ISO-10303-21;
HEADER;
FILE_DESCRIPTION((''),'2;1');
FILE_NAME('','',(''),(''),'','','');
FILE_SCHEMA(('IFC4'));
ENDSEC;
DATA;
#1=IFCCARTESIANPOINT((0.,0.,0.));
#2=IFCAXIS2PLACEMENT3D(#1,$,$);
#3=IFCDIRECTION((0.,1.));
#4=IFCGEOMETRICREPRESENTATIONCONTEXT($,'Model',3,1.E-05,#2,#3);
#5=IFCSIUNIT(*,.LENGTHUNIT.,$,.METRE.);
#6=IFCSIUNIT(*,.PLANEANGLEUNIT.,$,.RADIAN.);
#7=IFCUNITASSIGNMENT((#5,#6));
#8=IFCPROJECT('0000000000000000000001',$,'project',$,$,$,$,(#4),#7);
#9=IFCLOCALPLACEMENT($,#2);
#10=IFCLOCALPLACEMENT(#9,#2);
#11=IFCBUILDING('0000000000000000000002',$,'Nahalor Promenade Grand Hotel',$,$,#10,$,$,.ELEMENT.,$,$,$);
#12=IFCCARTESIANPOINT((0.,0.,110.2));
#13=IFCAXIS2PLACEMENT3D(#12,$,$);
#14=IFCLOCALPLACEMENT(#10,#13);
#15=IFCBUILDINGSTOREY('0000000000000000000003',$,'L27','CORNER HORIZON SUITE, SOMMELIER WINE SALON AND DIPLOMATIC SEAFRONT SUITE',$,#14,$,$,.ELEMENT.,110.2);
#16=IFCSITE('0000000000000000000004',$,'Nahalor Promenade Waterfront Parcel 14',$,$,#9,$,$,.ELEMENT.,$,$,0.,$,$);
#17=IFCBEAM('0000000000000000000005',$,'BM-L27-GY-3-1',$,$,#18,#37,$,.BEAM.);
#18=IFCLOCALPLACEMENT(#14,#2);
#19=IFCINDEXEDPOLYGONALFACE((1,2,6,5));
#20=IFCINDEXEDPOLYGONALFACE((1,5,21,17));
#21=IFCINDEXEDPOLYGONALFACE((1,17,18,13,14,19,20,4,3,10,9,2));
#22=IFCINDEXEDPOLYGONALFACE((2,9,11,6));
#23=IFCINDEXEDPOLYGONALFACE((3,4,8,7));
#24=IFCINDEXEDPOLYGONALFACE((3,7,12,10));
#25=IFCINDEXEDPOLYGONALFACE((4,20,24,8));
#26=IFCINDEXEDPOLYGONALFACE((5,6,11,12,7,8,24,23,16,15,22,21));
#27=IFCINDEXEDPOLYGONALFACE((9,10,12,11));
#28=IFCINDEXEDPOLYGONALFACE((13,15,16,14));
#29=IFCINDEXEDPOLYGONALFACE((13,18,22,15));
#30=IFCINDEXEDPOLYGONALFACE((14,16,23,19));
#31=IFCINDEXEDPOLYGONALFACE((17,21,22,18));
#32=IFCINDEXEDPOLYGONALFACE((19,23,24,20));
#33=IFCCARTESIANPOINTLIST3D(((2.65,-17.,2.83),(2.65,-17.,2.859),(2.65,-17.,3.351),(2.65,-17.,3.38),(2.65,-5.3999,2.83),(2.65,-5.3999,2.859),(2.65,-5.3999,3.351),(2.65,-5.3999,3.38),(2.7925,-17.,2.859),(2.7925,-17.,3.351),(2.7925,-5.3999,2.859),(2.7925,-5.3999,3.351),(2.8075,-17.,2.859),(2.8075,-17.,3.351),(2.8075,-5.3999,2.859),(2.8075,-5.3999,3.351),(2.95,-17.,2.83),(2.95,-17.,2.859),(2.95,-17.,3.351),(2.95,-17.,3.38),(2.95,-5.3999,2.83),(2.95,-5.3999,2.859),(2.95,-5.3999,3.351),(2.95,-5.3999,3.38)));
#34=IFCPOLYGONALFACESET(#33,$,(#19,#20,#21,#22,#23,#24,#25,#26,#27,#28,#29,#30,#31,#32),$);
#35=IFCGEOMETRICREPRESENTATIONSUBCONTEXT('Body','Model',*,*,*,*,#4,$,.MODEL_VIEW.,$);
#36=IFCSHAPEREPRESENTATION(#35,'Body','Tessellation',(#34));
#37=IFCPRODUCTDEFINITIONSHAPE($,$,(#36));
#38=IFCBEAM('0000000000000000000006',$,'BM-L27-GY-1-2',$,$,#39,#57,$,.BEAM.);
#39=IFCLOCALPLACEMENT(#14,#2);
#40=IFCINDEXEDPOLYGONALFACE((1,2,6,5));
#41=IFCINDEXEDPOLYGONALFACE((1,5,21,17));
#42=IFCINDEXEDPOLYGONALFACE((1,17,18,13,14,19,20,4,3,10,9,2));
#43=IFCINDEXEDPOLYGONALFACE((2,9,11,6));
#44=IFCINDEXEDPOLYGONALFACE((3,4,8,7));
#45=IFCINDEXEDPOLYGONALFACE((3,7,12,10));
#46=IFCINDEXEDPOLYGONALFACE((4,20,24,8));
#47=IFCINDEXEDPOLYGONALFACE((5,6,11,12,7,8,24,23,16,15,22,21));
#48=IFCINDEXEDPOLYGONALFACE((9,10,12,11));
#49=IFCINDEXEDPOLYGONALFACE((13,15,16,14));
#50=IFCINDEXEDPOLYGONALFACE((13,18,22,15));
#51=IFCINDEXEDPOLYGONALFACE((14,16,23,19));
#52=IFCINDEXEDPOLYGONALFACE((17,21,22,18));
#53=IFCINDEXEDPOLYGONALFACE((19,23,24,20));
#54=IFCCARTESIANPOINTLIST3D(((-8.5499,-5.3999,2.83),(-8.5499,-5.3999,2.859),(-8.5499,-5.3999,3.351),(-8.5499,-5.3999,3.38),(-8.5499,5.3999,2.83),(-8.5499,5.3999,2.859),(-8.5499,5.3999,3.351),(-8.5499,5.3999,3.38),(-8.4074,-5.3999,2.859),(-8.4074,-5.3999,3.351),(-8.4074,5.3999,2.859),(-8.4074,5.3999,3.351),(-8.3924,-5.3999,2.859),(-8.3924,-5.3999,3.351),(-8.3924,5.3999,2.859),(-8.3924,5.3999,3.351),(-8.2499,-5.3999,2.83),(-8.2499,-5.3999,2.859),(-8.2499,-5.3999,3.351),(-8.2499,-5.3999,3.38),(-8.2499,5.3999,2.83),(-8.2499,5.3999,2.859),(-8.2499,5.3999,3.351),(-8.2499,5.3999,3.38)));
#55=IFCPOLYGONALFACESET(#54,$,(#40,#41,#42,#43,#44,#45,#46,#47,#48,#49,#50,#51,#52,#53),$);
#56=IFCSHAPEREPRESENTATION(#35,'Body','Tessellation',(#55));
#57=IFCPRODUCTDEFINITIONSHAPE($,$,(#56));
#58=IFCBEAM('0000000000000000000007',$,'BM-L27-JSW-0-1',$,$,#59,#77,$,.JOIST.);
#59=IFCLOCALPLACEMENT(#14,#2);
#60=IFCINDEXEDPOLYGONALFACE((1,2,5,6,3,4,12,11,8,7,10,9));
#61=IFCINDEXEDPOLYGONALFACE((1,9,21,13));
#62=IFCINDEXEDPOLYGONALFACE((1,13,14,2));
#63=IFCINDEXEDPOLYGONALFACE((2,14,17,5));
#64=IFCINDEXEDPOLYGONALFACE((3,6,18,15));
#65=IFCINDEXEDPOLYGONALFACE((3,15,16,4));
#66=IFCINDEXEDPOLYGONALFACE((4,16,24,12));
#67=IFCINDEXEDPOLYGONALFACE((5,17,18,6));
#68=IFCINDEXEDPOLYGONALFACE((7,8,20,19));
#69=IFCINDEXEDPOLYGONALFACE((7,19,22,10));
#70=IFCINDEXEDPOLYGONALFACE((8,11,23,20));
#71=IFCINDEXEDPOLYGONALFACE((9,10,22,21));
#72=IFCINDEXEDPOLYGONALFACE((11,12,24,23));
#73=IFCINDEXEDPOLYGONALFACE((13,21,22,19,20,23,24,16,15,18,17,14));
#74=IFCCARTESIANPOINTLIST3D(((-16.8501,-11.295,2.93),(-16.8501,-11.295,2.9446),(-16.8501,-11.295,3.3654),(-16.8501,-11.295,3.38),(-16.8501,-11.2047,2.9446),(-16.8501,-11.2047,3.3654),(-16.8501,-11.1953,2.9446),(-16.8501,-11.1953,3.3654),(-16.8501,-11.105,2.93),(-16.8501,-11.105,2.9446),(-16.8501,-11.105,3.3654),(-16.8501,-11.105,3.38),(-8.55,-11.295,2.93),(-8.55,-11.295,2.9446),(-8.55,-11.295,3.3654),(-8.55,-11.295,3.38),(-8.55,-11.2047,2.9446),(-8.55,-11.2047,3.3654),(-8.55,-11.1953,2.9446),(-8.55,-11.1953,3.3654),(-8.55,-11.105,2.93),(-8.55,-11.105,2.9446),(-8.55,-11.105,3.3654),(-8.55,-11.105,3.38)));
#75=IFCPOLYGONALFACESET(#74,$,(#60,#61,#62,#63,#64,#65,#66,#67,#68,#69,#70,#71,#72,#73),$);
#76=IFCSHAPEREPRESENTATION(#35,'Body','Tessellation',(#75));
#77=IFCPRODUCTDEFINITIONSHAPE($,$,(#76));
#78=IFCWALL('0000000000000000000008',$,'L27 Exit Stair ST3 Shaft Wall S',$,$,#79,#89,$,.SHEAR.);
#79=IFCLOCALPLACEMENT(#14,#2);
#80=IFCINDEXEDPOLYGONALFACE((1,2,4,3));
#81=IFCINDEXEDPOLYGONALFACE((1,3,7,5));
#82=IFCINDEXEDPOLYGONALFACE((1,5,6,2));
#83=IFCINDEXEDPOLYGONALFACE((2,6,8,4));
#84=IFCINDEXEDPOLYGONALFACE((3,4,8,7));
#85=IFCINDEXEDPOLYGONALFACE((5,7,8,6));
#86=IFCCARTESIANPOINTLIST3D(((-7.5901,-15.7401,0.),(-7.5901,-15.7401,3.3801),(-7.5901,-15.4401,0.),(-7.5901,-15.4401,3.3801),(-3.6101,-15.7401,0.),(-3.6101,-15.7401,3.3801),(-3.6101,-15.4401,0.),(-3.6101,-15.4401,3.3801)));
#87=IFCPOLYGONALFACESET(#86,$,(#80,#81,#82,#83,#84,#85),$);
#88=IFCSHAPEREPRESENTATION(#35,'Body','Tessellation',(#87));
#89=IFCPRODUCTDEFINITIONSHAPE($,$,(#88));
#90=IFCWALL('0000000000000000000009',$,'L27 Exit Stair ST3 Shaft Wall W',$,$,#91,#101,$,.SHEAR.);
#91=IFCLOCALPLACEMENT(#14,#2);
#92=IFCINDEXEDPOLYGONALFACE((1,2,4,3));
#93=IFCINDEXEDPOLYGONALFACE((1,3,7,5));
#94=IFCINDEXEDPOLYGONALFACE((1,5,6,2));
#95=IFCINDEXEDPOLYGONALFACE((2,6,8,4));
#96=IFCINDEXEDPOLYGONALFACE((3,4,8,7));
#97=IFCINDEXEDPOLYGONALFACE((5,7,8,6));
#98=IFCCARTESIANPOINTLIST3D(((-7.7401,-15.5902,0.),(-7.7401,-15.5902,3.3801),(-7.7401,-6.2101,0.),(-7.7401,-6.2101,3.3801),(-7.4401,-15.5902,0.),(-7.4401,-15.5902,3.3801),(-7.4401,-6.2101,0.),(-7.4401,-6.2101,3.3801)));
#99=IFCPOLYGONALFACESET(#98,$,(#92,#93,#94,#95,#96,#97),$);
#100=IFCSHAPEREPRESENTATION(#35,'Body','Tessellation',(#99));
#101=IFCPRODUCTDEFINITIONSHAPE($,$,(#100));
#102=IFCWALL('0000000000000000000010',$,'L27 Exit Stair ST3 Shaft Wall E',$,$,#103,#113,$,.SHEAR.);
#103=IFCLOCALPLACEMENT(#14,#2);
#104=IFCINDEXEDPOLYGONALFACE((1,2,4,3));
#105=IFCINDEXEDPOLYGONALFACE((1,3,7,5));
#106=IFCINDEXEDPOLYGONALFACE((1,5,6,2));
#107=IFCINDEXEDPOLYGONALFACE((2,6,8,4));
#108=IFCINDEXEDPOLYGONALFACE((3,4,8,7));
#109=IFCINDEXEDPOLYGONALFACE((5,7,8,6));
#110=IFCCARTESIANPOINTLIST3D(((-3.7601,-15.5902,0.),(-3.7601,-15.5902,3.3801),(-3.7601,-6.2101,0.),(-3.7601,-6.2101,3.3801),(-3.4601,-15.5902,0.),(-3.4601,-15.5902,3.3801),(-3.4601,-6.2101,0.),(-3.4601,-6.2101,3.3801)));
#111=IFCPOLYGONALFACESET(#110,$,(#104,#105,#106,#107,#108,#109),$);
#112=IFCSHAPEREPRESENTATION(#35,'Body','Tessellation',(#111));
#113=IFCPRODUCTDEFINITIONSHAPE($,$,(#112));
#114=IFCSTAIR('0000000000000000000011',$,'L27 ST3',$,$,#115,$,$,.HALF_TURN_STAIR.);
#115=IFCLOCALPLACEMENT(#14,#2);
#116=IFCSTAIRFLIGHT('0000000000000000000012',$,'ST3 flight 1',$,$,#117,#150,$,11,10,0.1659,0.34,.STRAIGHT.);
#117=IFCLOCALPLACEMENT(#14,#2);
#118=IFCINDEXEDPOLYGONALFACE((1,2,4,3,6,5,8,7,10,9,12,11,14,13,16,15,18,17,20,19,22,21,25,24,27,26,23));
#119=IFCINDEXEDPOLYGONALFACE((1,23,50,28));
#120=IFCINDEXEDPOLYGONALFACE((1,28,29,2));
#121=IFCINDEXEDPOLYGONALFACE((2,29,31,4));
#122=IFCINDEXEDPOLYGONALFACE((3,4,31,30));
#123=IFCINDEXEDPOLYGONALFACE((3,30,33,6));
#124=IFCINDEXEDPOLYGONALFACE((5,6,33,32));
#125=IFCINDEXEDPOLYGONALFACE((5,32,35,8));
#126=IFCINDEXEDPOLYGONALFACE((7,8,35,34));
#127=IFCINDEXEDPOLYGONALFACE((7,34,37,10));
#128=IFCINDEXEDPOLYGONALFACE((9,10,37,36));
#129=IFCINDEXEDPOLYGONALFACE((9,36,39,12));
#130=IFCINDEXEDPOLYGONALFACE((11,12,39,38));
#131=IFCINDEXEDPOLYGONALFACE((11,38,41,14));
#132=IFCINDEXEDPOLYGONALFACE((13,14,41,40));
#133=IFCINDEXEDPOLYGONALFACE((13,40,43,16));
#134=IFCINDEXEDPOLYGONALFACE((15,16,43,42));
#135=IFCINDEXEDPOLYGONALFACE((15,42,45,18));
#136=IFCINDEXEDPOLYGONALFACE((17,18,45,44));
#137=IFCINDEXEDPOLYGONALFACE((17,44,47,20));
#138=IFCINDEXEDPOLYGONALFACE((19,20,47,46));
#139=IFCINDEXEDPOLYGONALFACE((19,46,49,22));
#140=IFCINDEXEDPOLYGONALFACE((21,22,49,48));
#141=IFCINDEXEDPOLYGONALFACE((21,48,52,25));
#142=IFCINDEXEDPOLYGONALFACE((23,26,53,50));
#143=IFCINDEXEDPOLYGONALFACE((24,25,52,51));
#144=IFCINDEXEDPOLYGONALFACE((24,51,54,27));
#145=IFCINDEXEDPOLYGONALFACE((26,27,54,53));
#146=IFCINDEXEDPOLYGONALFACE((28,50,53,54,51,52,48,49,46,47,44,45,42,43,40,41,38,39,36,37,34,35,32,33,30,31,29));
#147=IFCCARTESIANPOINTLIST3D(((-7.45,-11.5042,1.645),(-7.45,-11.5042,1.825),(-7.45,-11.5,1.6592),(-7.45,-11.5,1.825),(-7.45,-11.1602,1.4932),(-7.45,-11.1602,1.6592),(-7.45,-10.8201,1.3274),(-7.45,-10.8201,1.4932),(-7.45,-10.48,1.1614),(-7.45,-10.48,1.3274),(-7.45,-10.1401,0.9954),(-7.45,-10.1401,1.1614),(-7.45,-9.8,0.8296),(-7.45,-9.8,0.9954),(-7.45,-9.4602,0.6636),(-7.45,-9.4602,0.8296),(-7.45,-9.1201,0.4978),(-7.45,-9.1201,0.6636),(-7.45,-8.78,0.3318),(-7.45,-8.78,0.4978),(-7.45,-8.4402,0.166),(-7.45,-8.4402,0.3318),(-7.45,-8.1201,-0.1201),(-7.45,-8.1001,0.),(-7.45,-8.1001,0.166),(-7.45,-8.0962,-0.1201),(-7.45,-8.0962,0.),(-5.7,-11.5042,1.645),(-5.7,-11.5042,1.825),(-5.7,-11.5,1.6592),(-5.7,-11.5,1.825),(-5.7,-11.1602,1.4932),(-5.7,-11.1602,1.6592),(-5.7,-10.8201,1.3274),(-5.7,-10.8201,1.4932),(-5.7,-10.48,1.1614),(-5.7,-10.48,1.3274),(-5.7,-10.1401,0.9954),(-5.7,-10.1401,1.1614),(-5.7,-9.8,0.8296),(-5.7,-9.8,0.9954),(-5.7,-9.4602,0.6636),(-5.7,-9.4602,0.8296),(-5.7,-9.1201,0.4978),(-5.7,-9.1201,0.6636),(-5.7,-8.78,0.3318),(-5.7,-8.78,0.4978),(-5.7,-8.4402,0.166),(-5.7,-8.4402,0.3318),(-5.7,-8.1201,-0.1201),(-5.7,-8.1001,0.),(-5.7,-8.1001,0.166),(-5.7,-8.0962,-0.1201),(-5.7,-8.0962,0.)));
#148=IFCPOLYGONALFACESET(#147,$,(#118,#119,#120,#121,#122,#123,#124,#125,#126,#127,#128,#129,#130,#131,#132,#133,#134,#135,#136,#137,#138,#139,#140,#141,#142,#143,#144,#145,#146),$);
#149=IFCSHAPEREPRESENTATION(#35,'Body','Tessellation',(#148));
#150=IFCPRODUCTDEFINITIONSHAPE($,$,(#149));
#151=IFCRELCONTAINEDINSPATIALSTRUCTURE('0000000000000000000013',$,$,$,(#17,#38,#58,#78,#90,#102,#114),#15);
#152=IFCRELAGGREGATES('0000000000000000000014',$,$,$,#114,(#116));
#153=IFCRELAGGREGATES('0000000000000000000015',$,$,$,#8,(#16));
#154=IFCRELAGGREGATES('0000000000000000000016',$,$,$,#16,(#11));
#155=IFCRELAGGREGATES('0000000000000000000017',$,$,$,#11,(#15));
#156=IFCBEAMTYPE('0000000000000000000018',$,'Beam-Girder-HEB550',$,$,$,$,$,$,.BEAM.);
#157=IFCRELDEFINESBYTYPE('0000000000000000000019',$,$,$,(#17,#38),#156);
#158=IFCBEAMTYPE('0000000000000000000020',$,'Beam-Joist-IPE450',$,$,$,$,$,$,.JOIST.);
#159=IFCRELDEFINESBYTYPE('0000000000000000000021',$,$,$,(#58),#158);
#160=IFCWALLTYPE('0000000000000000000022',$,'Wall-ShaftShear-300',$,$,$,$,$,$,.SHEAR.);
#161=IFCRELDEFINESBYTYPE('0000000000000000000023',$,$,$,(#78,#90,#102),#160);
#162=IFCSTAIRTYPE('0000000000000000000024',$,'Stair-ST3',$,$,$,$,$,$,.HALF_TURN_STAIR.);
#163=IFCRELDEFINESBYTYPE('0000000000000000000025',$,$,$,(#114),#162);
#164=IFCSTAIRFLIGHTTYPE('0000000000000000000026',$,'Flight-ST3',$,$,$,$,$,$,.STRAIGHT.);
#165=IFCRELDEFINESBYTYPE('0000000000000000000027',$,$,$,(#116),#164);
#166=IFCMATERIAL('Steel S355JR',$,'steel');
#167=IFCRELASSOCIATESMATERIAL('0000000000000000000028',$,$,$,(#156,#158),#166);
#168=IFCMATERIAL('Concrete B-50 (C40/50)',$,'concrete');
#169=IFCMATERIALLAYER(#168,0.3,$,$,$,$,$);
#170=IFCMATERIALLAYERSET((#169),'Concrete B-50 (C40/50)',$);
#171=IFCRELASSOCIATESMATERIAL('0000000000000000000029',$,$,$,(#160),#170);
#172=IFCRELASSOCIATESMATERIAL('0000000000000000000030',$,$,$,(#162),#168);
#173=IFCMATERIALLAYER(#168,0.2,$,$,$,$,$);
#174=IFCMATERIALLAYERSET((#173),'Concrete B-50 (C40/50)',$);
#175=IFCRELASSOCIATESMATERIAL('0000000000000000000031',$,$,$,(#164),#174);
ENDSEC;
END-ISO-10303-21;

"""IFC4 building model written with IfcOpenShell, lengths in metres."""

from ifc_helpers import new_model, si_unit, direction, frame, frame_2d, origin, origin_2d, place, context, subcontext, project, spatial, polyline, rectangle, i_section, outline, extrude, source, transform, mapped, material, layer, layer_set, material_profile, profile_set, type_object, element, aggregate, save


model = new_model("IFC4")

# Units and contexts
model_context = context("Model", 3, precision=1e-05, world=origin(), true_north=direction((0.0, 1.0)))
body_context = subcontext(model_context, "Body", "Model", "MODEL_VIEW")
ifc_project = project(units=[si_unit("LENGTHUNIT", "METRE"), si_unit("PLANEANGLEUNIT", "RADIAN")], contexts=[model_context])

# Site, building, storey
site_placement = place(None, origin())
site = spatial("IfcSite", under=ifc_project, at=site_placement, Name="Nahalor Promenade Waterfront Parcel 14", CompositionType="ELEMENT", RefElevation=0.0)
building_placement = place(site_placement, origin())
building = spatial("IfcBuilding", under=site, at=building_placement, Name="Nahalor Promenade Grand Hotel", CompositionType="ELEMENT")
storey_placement = place(building_placement, frame((0.0, 0.0, 110.2)))
storey = spatial("IfcBuildingStorey", under=building, at=storey_placement, Name="L27", Description="CORNER HORIZON SUITE, SOMMELIER WINE SALON AND DIPLOMATIC SEAFRONT SUITE", CompositionType="ELEMENT", Elevation=110.2)

# Beams
ifc_material_1 = material(Name="Steel S355JR", Category="steel")
ifc_material_profile_1 = material_profile(ifc_material_1, i_section(OverallWidth=0.3, OverallDepth=0.55, WebThickness=0.015, FlangeThickness=0.029, at=origin_2d()), Name="HEB 550")
ifc_profile_set_1 = profile_set([ifc_material_profile_1], Name="Steel S355JR")
beam_type_1 = type_object("IfcBeamType", Name="Beam-Girder-HEB550", PredefinedType="BEAM", material=ifc_profile_set_1)
shared_shape_1 = source(origin(), body_context, "Body", "SweptSolid", [
    extrude(i_section(OverallWidth=0.3, OverallDepth=0.55, WebThickness=0.015, FlangeThickness=0.029, at=origin_2d()), origin(), (0.0, 0.0, 1.0), 11.6001),
])
for number, where, z_axis, x_axis, name in (
    (1, (2.8, -17.0, 3.105), (0.0, 1.0, 0.0), (-1.0, 0.0, 0.0), "BM-L27-GY-3-1"),
):
    element("IfcBeam", number, at=place(storey_placement, frame(where, z_axis=z_axis, x_axis=x_axis)), inside=storey, type_object=beam_type_1, Name=name, PredefinedType="BEAM", context=body_context, shape_type="MappedRepresentation", body=[
        mapped(shared_shape_1, transform((0.0, 0.0, 0.0), scale=1.0)),
    ])
shared_shape_2 = source(origin(), body_context, "Body", "SweptSolid", [
    extrude(i_section(OverallWidth=0.3, OverallDepth=0.55, WebThickness=0.015, FlangeThickness=0.029, at=origin_2d()), origin(), (0.0, 0.0, 1.0), 10.7998),
])
beam_1_placement = place(storey_placement, frame((-8.3999, -5.3999, 3.105), z_axis=(0.0, 1.0, 0.0), x_axis=(-1.0, 0.0, 0.0)))
element("IfcBeam", 2, at=beam_1_placement, inside=storey, type_object=beam_type_1, Name="BM-L27-GY-1-2", PredefinedType="BEAM", context=body_context, shape_type="MappedRepresentation", body=[
    mapped(shared_shape_2, transform((0.0, 0.0, 0.0), scale=1.0)),
])
ifc_material_profile_2 = material_profile(ifc_material_1, i_section(OverallWidth=0.19, OverallDepth=0.45, WebThickness=0.0094, FlangeThickness=0.0146, at=origin_2d()), Name="IPE 450")
ifc_profile_set_2 = profile_set([ifc_material_profile_2], Name="Steel S355JR")
beam_type_2 = type_object("IfcBeamType", Name="Beam-Joist-IPE450", PredefinedType="JOIST", material=ifc_profile_set_2)
shared_shape_3 = source(origin(), body_context, "Body", "SweptSolid", [
    extrude(i_section(OverallWidth=0.19, OverallDepth=0.45, WebThickness=0.0094, FlangeThickness=0.0146, at=origin_2d()), origin(), (0.0, 0.0, 1.0), 8.3),
])
beam_2_placement = place(storey_placement, frame((-16.8501, -11.2, 3.155), z_axis=(1.0, 0.0, 0.0), x_axis=(0.0, 1.0, 0.0)))
element("IfcBeam", 3, at=beam_2_placement, inside=storey, type_object=beam_type_2, Name="BM-L27-JSW-0-1", PredefinedType="JOIST", context=body_context, shape_type="MappedRepresentation", body=[
    mapped(shared_shape_3, transform((0.0, 0.0, 0.0), scale=1.0)),
])

# Wall
ifc_material_2 = material(Name="Concrete B-50 (C40/50)", Category="concrete")
ifc_layer_1 = layer(ifc_material_2, 0.3)
ifc_layer_set_1 = layer_set([ifc_layer_1], Name="Concrete B-50 (C40/50)")
wall_type = type_object("IfcWallType", Name="Wall-ShaftShear-300", PredefinedType="SHEAR", material=ifc_layer_set_1)
shared_shape_4 = source(origin(), body_context, "Body", "SweptSolid", [
    extrude(rectangle(XDim=3.98, YDim=0.3, at=frame_2d((1.99, 0.0))), origin(), (0.0, 0.0, 1.0), 3.3801),
])
wall_1_placement = place(storey_placement, frame((-7.5901, -15.5901, 0.0), z_axis=(0.0, 0.0, 1.0), x_axis=(1.0, 0.0, 0.0)))
element("IfcWall", 4, at=wall_1_placement, inside=storey, type_object=wall_type, Name="L27 Exit Stair ST3 Shaft Wall S", PredefinedType="SHEAR", context=body_context, shape_type="MappedRepresentation", body=[
    mapped(shared_shape_4, transform((0.0, 0.0, 0.0), scale=1.0)),
])

# Walls
shared_shape_5 = source(origin(), body_context, "Body", "SweptSolid", [
    extrude(rectangle(XDim=9.3801, YDim=0.3, at=frame_2d((4.6899, 0.0))), origin(), (0.0, 0.0, 1.0), 3.3801),
])
for number, where, z_axis, x_axis, name in (
    (5, (-7.5901, -15.5901, 0.0), (0.0, 0.0, 1.0), (0.0, 1.0, 0.0), "L27 Exit Stair ST3 Shaft Wall W"),
    (6, (-3.6101, -15.5901, 0.0), (0.0, 0.0, 1.0), (0.0, 1.0, 0.0), "L27 Exit Stair ST3 Shaft Wall E"),
):
    element("IfcWall", number, at=place(storey_placement, frame(where, z_axis=z_axis, x_axis=x_axis)), inside=storey, type_object=wall_type, Name=name, PredefinedType="SHEAR", context=body_context, shape_type="MappedRepresentation", body=[
        mapped(shared_shape_5, transform((0.0, 0.0, 0.0), scale=1.0)),
    ])

# Stair, stair flight
stair_type = type_object("IfcStairType", Name="Stair-ST3", PredefinedType="HALF_TURN_STAIR", material=ifc_material_2)
stair_placement = place(storey_placement, origin())
stair = element("IfcStair", 7, at=stair_placement, inside=storey, type_object=stair_type, Name="L27 ST3", PredefinedType="HALF_TURN_STAIR")
ifc_layer_2 = layer(ifc_material_2, 0.2)
ifc_layer_set_2 = layer_set([ifc_layer_2], Name="Concrete B-50 (C40/50)")
stair_flight_type = type_object("IfcStairFlightType", Name="Flight-ST3", PredefinedType="STRAIGHT", material=ifc_layer_set_2)
shared_shape_6 = source(origin(), body_context, "Body", "SweptSolid", [
    extrude(outline(polyline([(-0.0039, -0.1201), (-0.0039, 0.0), (0.0, 0.0), (0.0, 0.166), (0.3401, 0.166), (0.3401, 0.3318), (0.6799, 0.3318), (0.6799, 0.4978), (1.02, 0.4978), (1.02, 0.6636), (1.3601, 0.6636), (1.3601, 0.8296), (1.7, 0.8296), (1.7, 0.9954), (2.04, 0.9954), (2.04, 1.1614), (2.3799, 1.1614), (2.3799, 1.3274), (2.72, 1.3274), (2.72, 1.4932), (3.0601, 1.4932), (3.0601, 1.6592), (3.3999, 1.6592), (3.3999, 1.825), (3.4041, 1.825), (3.4041, 1.645), (0.02, -0.1201), (-0.0039, -0.1201)])), frame((0.0, 0.875, 0.0), z_axis=(0.0, -1.0, 0.0), x_axis=(1.0, 0.0, 0.0)), (0.0, 0.0, 1.0), 1.75),
])
stair_flight_1_placement = place(storey_placement, frame((-6.575, -8.1001, 0.0), z_axis=(0.0, 0.0, 1.0), x_axis=(0.0, -1.0, 0.0)))
stair_flight_1 = element("IfcStairFlight", 8, at=stair_flight_1_placement, type_object=stair_flight_type, Name="ST3 flight 1", NumberOfRisers=11, NumberOfTreads=10, PredefinedType="STRAIGHT", RiserHeight=0.1659, TreadLength=0.34, context=body_context, shape_type="MappedRepresentation", body=[
    mapped(shared_shape_6, transform((0.0, 0.0, 0.0), scale=1.0)),
])
aggregate(stair, [stair_flight_1])

save(model, "model.ifc")
